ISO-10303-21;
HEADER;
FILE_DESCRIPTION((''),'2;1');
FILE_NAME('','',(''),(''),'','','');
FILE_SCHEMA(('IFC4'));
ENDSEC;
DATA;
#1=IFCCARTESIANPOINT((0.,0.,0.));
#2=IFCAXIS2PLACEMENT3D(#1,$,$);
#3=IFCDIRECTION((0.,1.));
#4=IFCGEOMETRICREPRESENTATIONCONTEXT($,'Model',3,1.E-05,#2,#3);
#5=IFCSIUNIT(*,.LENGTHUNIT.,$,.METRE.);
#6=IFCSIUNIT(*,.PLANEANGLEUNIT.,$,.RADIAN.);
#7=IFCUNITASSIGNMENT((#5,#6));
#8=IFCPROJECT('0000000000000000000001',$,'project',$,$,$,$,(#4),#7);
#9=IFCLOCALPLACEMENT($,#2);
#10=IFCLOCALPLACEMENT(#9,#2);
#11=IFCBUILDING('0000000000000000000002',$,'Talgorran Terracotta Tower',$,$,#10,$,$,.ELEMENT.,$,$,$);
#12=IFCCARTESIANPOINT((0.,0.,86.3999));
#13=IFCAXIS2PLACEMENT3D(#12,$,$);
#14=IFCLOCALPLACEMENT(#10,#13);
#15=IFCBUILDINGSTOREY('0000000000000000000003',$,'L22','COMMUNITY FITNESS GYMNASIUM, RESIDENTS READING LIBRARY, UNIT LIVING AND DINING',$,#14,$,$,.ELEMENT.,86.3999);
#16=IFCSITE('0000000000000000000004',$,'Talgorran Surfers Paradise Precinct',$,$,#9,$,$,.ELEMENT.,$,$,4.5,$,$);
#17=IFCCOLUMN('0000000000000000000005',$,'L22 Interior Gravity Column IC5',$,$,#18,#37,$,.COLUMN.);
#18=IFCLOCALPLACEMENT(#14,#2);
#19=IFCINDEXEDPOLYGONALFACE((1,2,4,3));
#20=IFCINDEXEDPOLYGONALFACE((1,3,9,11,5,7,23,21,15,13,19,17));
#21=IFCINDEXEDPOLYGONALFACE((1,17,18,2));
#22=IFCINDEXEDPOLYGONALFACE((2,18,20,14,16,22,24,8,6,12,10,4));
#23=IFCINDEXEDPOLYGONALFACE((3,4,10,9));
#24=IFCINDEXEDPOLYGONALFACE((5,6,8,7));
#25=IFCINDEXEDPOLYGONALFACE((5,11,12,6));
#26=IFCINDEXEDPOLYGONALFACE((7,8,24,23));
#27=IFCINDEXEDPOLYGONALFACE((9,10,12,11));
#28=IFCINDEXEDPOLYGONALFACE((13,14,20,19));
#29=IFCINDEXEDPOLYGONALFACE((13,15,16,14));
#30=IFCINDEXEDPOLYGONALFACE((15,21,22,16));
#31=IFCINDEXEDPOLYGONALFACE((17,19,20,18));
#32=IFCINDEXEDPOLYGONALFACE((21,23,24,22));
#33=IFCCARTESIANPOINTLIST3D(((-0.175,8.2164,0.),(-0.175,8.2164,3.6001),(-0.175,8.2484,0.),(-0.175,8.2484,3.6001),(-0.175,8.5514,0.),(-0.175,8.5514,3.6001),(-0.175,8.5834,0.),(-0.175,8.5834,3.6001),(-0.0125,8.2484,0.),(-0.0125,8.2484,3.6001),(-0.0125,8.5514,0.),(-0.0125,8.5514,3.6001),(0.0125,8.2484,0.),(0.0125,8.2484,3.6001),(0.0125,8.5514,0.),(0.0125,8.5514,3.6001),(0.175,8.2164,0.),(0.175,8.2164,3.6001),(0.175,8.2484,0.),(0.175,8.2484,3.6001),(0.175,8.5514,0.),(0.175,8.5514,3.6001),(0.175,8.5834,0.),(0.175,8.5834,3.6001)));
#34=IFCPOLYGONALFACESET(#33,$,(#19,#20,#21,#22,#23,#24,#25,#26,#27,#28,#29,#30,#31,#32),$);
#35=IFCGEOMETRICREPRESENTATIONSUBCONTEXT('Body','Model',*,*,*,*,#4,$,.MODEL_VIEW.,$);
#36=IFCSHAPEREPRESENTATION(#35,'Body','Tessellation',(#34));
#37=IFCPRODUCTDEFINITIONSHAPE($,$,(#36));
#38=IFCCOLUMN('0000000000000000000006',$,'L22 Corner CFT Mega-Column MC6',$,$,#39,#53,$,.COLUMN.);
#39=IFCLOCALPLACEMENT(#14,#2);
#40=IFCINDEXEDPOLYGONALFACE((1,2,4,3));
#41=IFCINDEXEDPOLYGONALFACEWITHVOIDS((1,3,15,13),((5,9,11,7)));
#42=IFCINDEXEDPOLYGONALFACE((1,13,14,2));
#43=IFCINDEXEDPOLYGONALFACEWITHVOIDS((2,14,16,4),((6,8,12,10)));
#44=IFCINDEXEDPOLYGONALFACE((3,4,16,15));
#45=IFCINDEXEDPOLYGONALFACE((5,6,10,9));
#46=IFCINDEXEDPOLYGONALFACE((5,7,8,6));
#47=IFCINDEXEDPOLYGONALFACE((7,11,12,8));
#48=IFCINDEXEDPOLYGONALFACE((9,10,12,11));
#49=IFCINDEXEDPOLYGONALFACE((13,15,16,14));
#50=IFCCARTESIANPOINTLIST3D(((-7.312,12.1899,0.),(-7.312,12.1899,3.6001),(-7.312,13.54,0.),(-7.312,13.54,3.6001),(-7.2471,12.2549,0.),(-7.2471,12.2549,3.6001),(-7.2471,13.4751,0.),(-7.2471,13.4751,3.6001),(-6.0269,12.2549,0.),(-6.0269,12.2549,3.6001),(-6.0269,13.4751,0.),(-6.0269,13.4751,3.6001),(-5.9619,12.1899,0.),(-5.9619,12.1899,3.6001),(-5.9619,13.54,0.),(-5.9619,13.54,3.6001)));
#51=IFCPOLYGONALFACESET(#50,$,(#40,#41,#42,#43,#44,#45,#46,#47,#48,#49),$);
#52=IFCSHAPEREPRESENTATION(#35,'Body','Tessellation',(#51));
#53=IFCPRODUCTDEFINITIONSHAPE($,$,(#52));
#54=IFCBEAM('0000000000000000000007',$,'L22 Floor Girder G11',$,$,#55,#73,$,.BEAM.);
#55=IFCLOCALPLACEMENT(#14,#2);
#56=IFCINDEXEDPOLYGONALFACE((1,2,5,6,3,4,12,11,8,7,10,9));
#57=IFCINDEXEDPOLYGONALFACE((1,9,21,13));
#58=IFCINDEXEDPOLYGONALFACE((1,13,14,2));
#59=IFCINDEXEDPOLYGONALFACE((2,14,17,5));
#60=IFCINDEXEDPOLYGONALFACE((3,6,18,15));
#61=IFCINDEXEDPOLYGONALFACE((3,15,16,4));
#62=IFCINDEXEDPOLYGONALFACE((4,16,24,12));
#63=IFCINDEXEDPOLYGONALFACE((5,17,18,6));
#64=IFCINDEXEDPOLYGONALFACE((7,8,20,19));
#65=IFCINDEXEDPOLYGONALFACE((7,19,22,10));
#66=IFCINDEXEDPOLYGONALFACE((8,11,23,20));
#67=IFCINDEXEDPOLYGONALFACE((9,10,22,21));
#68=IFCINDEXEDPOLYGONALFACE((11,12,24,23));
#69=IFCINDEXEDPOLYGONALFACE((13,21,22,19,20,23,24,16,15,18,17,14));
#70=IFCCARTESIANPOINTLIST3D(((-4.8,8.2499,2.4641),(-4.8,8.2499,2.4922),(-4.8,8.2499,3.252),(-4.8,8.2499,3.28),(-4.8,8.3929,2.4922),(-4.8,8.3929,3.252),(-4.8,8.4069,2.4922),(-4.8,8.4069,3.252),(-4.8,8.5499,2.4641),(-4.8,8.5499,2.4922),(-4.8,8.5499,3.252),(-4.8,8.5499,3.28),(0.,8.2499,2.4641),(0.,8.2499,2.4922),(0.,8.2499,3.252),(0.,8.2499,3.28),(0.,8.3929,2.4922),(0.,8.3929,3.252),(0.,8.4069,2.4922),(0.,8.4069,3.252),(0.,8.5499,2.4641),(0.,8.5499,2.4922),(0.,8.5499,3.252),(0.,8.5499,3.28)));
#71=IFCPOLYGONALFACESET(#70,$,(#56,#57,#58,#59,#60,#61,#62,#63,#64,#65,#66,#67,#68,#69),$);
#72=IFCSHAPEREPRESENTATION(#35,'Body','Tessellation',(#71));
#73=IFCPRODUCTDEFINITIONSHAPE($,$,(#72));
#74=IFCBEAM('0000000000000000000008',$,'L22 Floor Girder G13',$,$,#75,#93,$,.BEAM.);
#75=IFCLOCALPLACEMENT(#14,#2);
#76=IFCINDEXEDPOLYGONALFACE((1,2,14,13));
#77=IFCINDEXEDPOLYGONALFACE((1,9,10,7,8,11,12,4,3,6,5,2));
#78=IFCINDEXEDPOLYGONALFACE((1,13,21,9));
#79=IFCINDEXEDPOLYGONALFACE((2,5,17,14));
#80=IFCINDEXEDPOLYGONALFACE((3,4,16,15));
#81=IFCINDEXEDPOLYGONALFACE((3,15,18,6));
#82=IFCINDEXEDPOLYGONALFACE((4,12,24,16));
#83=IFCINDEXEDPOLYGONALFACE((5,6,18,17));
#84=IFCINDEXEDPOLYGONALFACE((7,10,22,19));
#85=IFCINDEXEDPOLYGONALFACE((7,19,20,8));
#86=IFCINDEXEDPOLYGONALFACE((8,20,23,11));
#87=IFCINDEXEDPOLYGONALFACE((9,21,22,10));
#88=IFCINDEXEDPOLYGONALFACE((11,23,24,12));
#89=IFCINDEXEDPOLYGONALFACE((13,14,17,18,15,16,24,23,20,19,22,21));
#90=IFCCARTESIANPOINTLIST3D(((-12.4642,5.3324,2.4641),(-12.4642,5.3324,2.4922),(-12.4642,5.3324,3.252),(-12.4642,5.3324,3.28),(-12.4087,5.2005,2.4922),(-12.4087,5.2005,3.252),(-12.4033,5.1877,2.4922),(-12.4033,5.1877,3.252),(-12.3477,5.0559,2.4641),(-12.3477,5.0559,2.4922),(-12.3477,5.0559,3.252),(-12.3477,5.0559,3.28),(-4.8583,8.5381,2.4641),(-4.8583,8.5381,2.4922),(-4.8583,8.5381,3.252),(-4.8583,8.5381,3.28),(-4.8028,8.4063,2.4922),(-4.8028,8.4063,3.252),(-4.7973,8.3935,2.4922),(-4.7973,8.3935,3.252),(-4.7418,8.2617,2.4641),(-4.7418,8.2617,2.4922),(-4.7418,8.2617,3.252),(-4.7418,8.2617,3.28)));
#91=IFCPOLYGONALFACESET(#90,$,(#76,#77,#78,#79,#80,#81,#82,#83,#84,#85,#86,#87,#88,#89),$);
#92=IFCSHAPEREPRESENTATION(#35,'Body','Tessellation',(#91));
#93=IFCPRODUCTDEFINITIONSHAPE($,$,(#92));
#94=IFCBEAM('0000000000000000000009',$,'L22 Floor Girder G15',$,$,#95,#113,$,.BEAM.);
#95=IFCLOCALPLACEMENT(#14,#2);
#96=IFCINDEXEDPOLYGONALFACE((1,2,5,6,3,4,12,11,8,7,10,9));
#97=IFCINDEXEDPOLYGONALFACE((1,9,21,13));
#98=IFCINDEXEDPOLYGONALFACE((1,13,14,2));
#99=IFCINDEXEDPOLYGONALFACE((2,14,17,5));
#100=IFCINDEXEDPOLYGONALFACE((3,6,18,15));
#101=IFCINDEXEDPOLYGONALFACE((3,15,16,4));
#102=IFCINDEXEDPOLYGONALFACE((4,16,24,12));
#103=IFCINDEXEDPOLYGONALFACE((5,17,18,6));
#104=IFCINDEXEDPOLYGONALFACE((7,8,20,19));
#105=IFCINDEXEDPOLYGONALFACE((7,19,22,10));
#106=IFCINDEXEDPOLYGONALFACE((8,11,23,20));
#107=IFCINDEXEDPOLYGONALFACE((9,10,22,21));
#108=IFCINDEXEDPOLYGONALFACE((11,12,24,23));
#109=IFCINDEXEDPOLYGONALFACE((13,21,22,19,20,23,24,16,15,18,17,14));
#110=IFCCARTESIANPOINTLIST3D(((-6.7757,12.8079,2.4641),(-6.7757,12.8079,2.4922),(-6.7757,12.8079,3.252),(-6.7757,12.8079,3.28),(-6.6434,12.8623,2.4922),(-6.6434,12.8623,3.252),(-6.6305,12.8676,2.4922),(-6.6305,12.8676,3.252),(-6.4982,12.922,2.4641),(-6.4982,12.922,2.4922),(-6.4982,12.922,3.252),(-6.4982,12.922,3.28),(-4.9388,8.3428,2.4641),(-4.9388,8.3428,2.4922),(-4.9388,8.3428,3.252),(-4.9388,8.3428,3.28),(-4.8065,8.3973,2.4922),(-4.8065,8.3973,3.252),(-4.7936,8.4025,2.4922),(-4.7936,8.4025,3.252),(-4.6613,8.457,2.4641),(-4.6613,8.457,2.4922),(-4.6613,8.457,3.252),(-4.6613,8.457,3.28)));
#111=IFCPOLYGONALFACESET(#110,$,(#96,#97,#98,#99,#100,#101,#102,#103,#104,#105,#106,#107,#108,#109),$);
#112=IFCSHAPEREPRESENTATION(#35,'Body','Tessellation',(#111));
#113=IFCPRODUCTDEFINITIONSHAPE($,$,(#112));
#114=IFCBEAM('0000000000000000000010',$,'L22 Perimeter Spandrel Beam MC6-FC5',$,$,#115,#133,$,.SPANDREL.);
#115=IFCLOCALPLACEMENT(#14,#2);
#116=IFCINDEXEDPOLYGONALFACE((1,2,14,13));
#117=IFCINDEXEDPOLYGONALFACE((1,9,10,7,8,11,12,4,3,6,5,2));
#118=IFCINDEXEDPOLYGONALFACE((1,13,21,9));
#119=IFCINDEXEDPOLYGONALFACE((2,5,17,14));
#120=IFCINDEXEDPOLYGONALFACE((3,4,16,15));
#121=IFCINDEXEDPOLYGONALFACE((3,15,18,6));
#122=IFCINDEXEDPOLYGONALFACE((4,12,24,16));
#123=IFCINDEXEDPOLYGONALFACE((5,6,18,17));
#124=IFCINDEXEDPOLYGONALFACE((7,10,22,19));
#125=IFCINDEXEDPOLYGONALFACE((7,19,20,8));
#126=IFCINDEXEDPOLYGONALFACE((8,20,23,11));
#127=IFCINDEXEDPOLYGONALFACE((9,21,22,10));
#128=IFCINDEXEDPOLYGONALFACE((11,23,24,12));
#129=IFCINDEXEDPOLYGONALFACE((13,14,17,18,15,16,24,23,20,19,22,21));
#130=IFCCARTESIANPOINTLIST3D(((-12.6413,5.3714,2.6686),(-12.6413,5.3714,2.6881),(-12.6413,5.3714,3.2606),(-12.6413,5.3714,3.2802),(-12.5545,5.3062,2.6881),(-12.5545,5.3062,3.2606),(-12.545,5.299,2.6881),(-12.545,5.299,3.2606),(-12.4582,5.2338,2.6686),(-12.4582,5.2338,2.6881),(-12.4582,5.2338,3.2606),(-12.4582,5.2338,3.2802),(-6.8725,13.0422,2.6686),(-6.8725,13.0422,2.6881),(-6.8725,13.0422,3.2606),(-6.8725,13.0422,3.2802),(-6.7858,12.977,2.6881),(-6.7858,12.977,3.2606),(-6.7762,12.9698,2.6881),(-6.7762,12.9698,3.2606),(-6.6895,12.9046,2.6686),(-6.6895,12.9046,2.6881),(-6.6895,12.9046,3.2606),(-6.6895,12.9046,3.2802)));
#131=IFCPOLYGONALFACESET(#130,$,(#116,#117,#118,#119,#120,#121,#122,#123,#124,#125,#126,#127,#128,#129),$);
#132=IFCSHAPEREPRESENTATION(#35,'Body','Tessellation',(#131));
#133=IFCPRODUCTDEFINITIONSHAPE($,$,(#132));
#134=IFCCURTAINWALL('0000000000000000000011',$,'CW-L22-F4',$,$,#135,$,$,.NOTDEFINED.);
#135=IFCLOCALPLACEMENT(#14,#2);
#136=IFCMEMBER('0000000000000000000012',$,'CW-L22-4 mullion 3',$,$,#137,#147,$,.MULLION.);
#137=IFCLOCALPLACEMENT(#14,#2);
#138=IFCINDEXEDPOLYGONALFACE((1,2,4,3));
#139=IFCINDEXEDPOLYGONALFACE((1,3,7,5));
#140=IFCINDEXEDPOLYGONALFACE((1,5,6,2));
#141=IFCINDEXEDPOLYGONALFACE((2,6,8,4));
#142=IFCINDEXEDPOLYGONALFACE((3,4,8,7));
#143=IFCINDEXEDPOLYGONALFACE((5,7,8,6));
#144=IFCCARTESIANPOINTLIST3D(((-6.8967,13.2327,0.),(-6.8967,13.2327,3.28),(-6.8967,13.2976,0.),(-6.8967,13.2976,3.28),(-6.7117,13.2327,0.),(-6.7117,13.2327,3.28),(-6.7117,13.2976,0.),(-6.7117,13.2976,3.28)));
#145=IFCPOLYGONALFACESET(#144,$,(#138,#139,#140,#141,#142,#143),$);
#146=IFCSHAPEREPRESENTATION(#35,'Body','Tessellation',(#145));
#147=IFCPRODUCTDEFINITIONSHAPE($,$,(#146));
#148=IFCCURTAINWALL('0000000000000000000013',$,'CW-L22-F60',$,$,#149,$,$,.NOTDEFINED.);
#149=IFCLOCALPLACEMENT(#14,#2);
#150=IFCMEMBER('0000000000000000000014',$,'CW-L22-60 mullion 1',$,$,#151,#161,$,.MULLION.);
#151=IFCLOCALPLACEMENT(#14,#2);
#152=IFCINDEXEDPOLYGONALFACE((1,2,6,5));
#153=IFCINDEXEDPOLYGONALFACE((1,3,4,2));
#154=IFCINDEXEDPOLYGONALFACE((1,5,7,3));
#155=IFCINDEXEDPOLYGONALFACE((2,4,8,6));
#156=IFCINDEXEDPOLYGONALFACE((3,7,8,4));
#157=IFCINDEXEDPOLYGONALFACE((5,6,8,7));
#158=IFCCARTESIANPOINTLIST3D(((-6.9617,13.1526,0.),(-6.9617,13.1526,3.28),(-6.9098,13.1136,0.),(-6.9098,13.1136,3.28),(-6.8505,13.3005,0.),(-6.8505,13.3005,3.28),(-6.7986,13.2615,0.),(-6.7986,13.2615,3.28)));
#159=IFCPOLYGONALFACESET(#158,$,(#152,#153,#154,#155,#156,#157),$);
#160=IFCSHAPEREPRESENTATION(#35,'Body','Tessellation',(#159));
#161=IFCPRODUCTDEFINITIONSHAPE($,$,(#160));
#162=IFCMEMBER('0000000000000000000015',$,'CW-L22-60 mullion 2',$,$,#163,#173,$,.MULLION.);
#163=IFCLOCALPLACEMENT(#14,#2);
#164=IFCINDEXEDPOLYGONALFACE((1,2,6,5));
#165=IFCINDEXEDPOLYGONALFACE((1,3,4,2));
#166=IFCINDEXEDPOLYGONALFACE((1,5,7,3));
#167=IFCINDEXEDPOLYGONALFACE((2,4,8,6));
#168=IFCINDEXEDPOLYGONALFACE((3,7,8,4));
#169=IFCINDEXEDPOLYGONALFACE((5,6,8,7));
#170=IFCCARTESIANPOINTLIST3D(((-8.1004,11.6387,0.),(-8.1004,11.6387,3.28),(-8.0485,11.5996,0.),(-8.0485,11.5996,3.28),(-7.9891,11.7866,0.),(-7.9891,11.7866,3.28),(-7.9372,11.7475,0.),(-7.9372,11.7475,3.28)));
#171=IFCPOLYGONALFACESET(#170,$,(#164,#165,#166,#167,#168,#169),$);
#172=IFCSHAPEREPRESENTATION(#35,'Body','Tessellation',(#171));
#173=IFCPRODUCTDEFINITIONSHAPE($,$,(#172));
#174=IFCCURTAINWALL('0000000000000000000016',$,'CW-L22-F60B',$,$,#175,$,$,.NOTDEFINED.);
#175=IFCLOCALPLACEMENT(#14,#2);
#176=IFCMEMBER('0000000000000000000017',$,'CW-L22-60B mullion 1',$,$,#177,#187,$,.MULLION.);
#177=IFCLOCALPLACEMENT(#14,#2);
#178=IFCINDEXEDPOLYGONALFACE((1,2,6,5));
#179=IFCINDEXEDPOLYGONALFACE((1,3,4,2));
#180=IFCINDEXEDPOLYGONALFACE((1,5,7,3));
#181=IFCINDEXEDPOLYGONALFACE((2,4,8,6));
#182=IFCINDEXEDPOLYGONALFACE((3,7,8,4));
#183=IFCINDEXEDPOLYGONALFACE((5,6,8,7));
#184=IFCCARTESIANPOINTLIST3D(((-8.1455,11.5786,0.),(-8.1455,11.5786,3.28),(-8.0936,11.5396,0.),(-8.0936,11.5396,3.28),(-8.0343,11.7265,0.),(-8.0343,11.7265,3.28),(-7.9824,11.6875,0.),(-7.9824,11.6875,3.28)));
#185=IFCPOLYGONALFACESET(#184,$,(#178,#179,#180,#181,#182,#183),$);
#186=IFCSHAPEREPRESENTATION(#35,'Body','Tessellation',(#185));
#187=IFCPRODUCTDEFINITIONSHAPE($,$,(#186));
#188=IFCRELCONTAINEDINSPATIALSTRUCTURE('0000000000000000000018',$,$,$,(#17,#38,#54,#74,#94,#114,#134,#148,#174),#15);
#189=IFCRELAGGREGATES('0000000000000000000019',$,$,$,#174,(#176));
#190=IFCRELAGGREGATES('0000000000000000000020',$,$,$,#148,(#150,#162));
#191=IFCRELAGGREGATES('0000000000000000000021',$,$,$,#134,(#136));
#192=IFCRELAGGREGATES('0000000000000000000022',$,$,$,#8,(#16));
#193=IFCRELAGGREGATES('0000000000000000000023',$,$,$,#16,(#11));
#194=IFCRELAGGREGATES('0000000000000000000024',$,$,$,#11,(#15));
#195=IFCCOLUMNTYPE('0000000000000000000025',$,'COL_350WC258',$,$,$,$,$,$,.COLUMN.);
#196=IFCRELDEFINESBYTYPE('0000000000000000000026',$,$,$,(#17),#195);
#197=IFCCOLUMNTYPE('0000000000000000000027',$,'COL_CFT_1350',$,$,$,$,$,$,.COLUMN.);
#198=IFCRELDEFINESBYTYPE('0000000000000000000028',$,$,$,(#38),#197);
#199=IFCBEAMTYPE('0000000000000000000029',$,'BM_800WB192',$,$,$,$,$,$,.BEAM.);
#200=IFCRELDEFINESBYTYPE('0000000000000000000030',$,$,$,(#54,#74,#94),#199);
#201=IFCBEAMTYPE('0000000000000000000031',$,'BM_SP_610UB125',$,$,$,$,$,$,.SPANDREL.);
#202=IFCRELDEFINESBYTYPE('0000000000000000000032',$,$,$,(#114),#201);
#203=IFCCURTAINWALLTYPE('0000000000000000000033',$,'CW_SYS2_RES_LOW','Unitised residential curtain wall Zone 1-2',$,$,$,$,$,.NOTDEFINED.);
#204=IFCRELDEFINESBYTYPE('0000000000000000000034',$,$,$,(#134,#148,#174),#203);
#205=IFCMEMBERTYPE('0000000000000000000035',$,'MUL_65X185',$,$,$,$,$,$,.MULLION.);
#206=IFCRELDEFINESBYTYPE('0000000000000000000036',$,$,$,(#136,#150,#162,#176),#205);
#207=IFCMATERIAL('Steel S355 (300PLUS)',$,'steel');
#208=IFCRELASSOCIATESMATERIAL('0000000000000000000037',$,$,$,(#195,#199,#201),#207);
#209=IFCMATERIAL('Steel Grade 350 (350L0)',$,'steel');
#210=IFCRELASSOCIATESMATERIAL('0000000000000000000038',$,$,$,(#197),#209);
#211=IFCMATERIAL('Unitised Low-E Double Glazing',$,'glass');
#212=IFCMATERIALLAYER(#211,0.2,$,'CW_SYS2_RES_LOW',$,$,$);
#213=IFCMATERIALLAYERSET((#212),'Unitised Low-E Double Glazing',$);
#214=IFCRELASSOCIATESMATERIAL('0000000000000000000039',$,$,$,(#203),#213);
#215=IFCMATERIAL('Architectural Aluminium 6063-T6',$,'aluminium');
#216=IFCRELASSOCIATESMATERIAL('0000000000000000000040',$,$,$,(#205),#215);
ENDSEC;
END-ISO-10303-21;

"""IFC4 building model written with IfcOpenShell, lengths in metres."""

from ifc_helpers import new_model, si_unit, direction, frame, origin, origin_2d, place, context, subcontext, project, spatial, rectangle, hollow_rectangle, i_section, extrude, material, layer, layer_set, material_profile, profile_set, type_object, element, aggregate, save


model = new_model("IFC4")

# Units and contexts
model_context = context("Model", 3, precision=1e-05, world=origin(), true_north=direction((0.0, 1.0)))
body_context = subcontext(model_context, "Body", "Model", "MODEL_VIEW")
ifc_project = project(units=[si_unit("LENGTHUNIT", "METRE"), si_unit("PLANEANGLEUNIT", "RADIAN")], contexts=[model_context])

# Site, building, storey
site_placement = place(None, origin())
site = spatial("IfcSite", under=ifc_project, at=site_placement, Name="Talgorran Surfers Paradise Precinct", CompositionType="ELEMENT", RefElevation=4.5)
building_placement = place(site_placement, origin())
building = spatial("IfcBuilding", under=site, at=building_placement, Name="Talgorran Terracotta Tower", CompositionType="ELEMENT")
storey_placement = place(building_placement, frame((0.0, 0.0, 86.3999)))
storey = spatial("IfcBuildingStorey", under=building, at=storey_placement, Name="L22", Description="COMMUNITY FITNESS GYMNASIUM, RESIDENTS READING LIBRARY, UNIT LIVING AND DINING", CompositionType="ELEMENT", Elevation=86.3999)

# Columns
ifc_material_1 = material(Name="Steel S355 (300PLUS)", Category="steel")
ifc_material_profile_1 = material_profile(ifc_material_1, i_section(OverallWidth=0.3501, OverallDepth=0.3669, WebThickness=0.0249, FlangeThickness=0.032, at=origin_2d()), Name="350WC258")
ifc_profile_set_1 = profile_set([ifc_material_profile_1], Name="Steel S355 (300PLUS)")
column_type_1 = type_object("IfcColumnType", Name="COL_350WC258", PredefinedType="COLUMN", material=ifc_profile_set_1)
column_1_placement = place(storey_placement, frame((0.0, 8.3999, 0.0), z_axis=(0.0, 0.0, 1.0), x_axis=(1.0, 0.0, 0.0)))
element("IfcColumn", 1, at=column_1_placement, inside=storey, type_object=column_type_1, Name="L22 Interior Gravity Column IC5", PredefinedType="COLUMN", context=body_context, shape_type="SweptSolid", body=[
    extrude(i_section(OverallWidth=0.3501, OverallDepth=0.3669, WebThickness=0.0249, FlangeThickness=0.032, at=origin_2d()), origin(), (0.0, 0.0, 1.0), 3.6001),
])
ifc_material_2 = material(Name="Steel Grade 350 (350L0)", Category="steel")
ifc_material_profile_2 = material_profile(ifc_material_2, hollow_rectangle(XDim=1.3501, YDim=1.3501, WallThickness=0.0649, at=origin_2d()), Name="CFT1350X1350X65")
ifc_profile_set_2 = profile_set([ifc_material_profile_2], Name="Steel Grade 350 (350L0)")
column_type_2 = type_object("IfcColumnType", Name="COL_CFT_1350", PredefinedType="COLUMN", material=ifc_profile_set_2)
column_2_placement = place(storey_placement, frame((-6.637, 12.865, 0.0), z_axis=(0.0, 0.0, 1.0), x_axis=(1.0, 0.0, 0.0)))
element("IfcColumn", 2, at=column_2_placement, inside=storey, type_object=column_type_2, Name="L22 Corner CFT Mega-Column MC6", PredefinedType="COLUMN", context=body_context, shape_type="SweptSolid", body=[
    extrude(hollow_rectangle(XDim=1.3501, YDim=1.3501, WallThickness=0.0649, at=origin_2d()), origin(), (0.0, 0.0, 1.0), 3.6001),
])

# Beams
ifc_material_profile_3 = material_profile(ifc_material_1, i_section(OverallWidth=0.3, OverallDepth=0.8159, WebThickness=0.0139, FlangeThickness=0.0281, at=origin_2d()), Name="800WB192")
ifc_profile_set_3 = profile_set([ifc_material_profile_3], Name="Steel S355 (300PLUS)")
beam_type_1 = type_object("IfcBeamType", Name="BM_800WB192", PredefinedType="BEAM", material=ifc_profile_set_3)
beam_1_placement = place(storey_placement, frame((-4.8, 8.3999, 2.8721), z_axis=(1.0, 0.0, 0.0), x_axis=(0.0, 1.0, 0.0)))
element("IfcBeam", 3, at=beam_1_placement, inside=storey, type_object=beam_type_1, Name="L22 Floor Girder G11", PredefinedType="BEAM", context=body_context, shape_type="SweptSolid", body=[
    extrude(i_section(OverallWidth=0.3, OverallDepth=0.8159, WebThickness=0.0139, FlangeThickness=0.0281, at=origin_2d()), origin(), (0.0, 0.0, 1.0), 4.8),
])
beam_2_placement = place(storey_placement, frame((-4.8, 8.3999, 2.8721), z_axis=(-0.921492, -0.388397, 0.0), x_axis=(0.388397, -0.921492, 0.0)))
element("IfcBeam", 4, at=beam_2_placement, inside=storey, type_object=beam_type_1, Name="L22 Floor Girder G13", PredefinedType="BEAM", context=body_context, shape_type="SweptSolid", body=[
    extrude(i_section(OverallWidth=0.3, OverallDepth=0.8159, WebThickness=0.0139, FlangeThickness=0.0281, at=origin_2d()), origin(), (0.0, 0.0, 1.0), 8.2539),
])
beam_3_placement = place(storey_placement, frame((-4.8, 8.3999, 2.8721), z_axis=(-0.380457, 0.924798, 0.0), x_axis=(-0.924798, -0.380457, 0.0)))
element("IfcBeam", 5, at=beam_3_placement, inside=storey, type_object=beam_type_1, Name="L22 Floor Girder G15", PredefinedType="BEAM", context=body_context, shape_type="SweptSolid", body=[
    extrude(i_section(OverallWidth=0.3, OverallDepth=0.8159, WebThickness=0.0139, FlangeThickness=0.0281, at=origin_2d()), origin(), (0.0, 0.0, 1.0), 4.8281),
])
ifc_material_profile_4 = material_profile(ifc_material_1, i_section(OverallWidth=0.229, OverallDepth=0.6116, WebThickness=0.012, FlangeThickness=0.0195, at=origin_2d()), Name="610UB125")
ifc_profile_set_4 = profile_set([ifc_material_profile_4], Name="Steel S355 (300PLUS)")
beam_type_2 = type_object("IfcBeamType", Name="BM_SP_610UB125", PredefinedType="SPANDREL", material=ifc_profile_set_4)
beam_4_placement = place(storey_placement, frame((-6.781, 12.9734, 2.9744), z_axis=(-0.601041, -0.799218, 0.0), x_axis=(0.799218, -0.601041, 0.0)))
element("IfcBeam", 6, at=beam_4_placement, inside=storey, type_object=beam_type_2, Name="L22 Perimeter Spandrel Beam MC6-FC5", PredefinedType="SPANDREL", context=body_context, shape_type="SweptSolid", body=[
    extrude(i_section(OverallWidth=0.229, OverallDepth=0.6116, WebThickness=0.012, FlangeThickness=0.0195, at=origin_2d()), origin(), (0.0, 0.0, 1.0), 9.5979),
])

# Curtain wall, member
ifc_material_3 = material(Name="Unitised Low-E Double Glazing", Category="glass")
ifc_layer_1 = layer(ifc_material_3, 0.2, Name="CW_SYS2_RES_LOW")
ifc_layer_set_1 = layer_set([ifc_layer_1], Name="Unitised Low-E Double Glazing")
curtain_wall_type = type_object("IfcCurtainWallType", Name="CW_SYS2_RES_LOW", Description="Unitised residential curtain wall Zone 1-2", PredefinedType="NOTDEFINED", material=ifc_layer_set_1)
curtain_wall_1_placement = place(storey_placement, origin())
curtain_wall_1 = element("IfcCurtainWall", 7, at=curtain_wall_1_placement, inside=storey, type_object=curtain_wall_type, Name="CW-L22-F4", PredefinedType="NOTDEFINED")
ifc_material_4 = material(Name="Architectural Aluminium 6063-T6", Category="aluminium")
ifc_material_profile_5 = material_profile(ifc_material_4, rectangle(XDim=0.0649, YDim=0.1851, at=origin_2d()), Name="CWM65X185")
ifc_profile_set_5 = profile_set([ifc_material_profile_5], Name="Architectural Aluminium 6063-T6")
member_type_1 = type_object("IfcMemberType", Name="MUL_65X185", PredefinedType="MULLION", material=ifc_profile_set_5)
member_1_placement = place(storey_placement, frame((-6.8042, 13.2651, 0.0), z_axis=(0.0, 0.0, 1.0), x_axis=(0.0, -1.0, 0.0)))
member_1 = element("IfcMember", 8, at=member_1_placement, type_object=member_type_1, Name="CW-L22-4 mullion 3", PredefinedType="MULLION", context=body_context, shape_type="SweptSolid", body=[
    extrude(rectangle(XDim=0.0649, YDim=0.1851, at=origin_2d()), origin(), (0.0, 0.0, 1.0), 3.28),
])

# Curtain wall, members
curtain_wall_2_placement = place(storey_placement, origin())
curtain_wall_2 = element("IfcCurtainWall", 9, at=curtain_wall_2_placement, inside=storey, type_object=curtain_wall_type, Name="CW-L22-F60", PredefinedType="NOTDEFINED")
member_2_placement = place(storey_placement, frame((-6.8801, 13.207, 0.0), z_axis=(0.0, 0.0, 1.0), x_axis=(0.799215, -0.601045, 0.0)))
member_2 = element("IfcMember", 10, at=member_2_placement, type_object=member_type_1, Name="CW-L22-60 mullion 1", PredefinedType="MULLION", context=body_context, shape_type="SweptSolid", body=[
    extrude(rectangle(XDim=0.0649, YDim=0.1851, at=origin_2d()), origin(), (0.0, 0.0, 1.0), 3.28),
])
member_3_placement = place(storey_placement, frame((-8.0188, 11.6931, 0.0), z_axis=(0.0, 0.0, 1.0), x_axis=(0.799215, -0.601045, 0.0)))
member_3 = element("IfcMember", 11, at=member_3_placement, type_object=member_type_1, Name="CW-L22-60 mullion 2", PredefinedType="MULLION", context=body_context, shape_type="SweptSolid", body=[
    extrude(rectangle(XDim=0.0649, YDim=0.1851, at=origin_2d()), origin(), (0.0, 0.0, 1.0), 3.28),
])

# Curtain wall, member
curtain_wall_3_placement = place(storey_placement, origin())
curtain_wall_3 = element("IfcCurtainWall", 12, at=curtain_wall_3_placement, inside=storey, type_object=curtain_wall_type, Name="CW-L22-F60B", PredefinedType="NOTDEFINED")
member_4_placement = place(storey_placement, frame((-8.064, 11.6331, 0.0), z_axis=(0.0, 0.0, 1.0), x_axis=(0.799191, -0.601078, 0.0)))
member_4 = element("IfcMember", 13, at=member_4_placement, type_object=member_type_1, Name="CW-L22-60B mullion 1", PredefinedType="MULLION", context=body_context, shape_type="SweptSolid", body=[
    extrude(rectangle(XDim=0.0649, YDim=0.1851, at=origin_2d()), origin(), (0.0, 0.0, 1.0), 3.28),
])

aggregate(curtain_wall_3, [member_4])

aggregate(curtain_wall_2, [member_2, member_3])
aggregate(curtain_wall_1, [member_1])

save(model, "model.ifc")
